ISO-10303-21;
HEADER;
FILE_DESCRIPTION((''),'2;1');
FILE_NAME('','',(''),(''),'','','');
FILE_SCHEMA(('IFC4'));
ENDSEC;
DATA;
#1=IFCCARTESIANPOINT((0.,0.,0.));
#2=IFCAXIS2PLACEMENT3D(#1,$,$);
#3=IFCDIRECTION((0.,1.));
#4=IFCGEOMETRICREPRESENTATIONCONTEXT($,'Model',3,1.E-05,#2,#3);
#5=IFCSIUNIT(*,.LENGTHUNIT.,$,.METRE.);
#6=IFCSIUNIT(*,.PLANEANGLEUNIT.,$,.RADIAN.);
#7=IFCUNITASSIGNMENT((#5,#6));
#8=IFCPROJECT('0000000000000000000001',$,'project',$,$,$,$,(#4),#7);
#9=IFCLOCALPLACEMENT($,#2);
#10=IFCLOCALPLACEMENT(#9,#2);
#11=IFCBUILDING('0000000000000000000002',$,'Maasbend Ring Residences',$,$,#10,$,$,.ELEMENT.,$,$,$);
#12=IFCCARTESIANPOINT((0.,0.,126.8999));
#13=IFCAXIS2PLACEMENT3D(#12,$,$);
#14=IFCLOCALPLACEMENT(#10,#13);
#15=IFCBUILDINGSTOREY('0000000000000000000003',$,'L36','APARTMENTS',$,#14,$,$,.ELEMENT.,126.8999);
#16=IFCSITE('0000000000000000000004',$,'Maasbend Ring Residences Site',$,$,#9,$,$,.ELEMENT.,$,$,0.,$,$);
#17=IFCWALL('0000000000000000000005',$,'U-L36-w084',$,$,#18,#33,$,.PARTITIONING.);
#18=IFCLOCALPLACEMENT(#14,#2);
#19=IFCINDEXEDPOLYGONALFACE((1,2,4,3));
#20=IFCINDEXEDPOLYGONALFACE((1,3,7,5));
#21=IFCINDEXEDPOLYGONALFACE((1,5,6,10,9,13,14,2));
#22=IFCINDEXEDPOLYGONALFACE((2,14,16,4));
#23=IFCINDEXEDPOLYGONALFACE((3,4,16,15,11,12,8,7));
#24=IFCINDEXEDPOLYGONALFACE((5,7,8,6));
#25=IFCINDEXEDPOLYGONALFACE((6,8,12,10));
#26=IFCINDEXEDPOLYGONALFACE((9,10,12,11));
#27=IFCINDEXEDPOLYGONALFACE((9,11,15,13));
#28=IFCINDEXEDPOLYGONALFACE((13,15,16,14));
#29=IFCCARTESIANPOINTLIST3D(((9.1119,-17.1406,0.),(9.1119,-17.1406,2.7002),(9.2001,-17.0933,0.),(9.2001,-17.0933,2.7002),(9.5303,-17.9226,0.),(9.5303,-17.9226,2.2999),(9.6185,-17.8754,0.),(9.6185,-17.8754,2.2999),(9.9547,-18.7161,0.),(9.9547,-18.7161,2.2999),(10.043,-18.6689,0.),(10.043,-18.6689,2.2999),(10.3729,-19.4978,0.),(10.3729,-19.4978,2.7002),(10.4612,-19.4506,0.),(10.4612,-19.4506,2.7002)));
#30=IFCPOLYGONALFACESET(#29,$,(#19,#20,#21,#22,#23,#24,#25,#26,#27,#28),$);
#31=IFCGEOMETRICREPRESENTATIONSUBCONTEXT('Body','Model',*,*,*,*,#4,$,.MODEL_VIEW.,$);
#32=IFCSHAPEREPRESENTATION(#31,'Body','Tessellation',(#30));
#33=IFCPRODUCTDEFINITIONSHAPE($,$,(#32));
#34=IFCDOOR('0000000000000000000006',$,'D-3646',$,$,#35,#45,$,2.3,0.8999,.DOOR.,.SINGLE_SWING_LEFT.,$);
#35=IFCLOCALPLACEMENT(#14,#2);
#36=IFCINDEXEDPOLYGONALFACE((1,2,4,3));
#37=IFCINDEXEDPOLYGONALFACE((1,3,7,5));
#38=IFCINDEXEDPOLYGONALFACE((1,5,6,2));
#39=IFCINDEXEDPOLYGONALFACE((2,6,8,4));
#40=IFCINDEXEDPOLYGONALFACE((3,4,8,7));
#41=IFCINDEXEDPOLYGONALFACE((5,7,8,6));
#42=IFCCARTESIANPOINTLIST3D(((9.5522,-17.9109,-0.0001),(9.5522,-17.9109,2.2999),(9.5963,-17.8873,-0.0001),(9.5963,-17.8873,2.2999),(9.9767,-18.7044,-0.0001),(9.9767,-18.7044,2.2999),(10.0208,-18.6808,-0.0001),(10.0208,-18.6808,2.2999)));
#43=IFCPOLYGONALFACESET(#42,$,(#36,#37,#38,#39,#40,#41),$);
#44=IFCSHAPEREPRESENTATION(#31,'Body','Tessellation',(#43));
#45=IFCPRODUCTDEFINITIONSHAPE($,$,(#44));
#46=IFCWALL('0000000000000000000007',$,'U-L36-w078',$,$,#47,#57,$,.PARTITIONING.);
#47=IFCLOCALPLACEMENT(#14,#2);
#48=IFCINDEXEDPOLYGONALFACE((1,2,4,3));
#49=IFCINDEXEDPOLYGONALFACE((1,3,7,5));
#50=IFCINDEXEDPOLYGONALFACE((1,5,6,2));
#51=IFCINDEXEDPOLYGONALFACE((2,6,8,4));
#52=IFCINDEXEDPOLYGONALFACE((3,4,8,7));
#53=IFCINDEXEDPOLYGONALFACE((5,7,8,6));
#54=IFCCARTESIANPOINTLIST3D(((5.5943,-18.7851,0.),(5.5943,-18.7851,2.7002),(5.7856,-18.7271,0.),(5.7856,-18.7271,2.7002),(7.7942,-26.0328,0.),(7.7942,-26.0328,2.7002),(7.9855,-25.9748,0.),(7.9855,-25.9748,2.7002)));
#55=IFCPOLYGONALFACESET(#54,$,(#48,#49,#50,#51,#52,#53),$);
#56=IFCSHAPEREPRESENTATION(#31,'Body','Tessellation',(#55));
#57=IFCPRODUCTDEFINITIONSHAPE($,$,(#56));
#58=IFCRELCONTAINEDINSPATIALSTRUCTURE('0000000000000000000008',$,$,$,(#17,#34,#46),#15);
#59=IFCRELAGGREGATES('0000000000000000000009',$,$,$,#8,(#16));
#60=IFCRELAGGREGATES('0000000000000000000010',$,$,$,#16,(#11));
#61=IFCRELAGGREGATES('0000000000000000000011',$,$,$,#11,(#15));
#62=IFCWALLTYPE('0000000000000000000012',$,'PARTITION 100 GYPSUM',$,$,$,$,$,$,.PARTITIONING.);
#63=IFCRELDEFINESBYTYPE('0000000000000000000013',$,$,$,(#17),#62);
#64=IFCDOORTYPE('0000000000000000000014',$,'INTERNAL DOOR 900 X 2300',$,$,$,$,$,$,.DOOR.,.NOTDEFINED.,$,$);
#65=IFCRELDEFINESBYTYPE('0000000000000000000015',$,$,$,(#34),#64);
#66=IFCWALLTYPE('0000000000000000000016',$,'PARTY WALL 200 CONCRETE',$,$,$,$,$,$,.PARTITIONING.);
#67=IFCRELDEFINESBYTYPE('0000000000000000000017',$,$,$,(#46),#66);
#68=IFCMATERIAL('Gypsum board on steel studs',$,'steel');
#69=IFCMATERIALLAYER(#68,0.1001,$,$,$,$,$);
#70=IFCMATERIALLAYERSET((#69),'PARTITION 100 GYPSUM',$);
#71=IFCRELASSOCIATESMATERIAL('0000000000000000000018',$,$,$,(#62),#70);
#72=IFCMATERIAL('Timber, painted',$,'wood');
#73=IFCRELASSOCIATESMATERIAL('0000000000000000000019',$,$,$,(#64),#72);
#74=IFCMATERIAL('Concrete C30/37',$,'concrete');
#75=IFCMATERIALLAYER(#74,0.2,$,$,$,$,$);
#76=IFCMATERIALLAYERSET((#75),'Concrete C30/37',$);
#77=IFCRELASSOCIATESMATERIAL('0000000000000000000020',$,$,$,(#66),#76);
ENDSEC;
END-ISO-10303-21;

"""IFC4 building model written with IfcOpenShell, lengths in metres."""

from ifc_helpers import new_model, si_unit, direction, frame, frame_2d, origin, place, context, subcontext, project, spatial, rectangle, extrude, material, layer, layer_set, type_object, element, fill, save


model = new_model("IFC4")

# Units and contexts
model_context = context("Model", 3, precision=1e-05, world=origin(), true_north=direction((0.0, 1.0)))
body_context = subcontext(model_context, "Body", "Model", "MODEL_VIEW")
ifc_project = project(units=[si_unit("LENGTHUNIT", "METRE"), si_unit("PLANEANGLEUNIT", "RADIAN")], contexts=[model_context])

# Site, building, storey
site_placement = place(None, origin())
site = spatial("IfcSite", under=ifc_project, at=site_placement, Name="Maasbend Ring Residences Site", CompositionType="ELEMENT", RefElevation=0.0)
building_placement = place(site_placement, origin())
building = spatial("IfcBuilding", under=site, at=building_placement, Name="Maasbend Ring Residences", CompositionType="ELEMENT")
storey_placement = place(building_placement, frame((0.0, 0.0, 126.8999)))
storey = spatial("IfcBuildingStorey", under=building, at=storey_placement, Name="L36", Description="APARTMENTS", CompositionType="ELEMENT", Elevation=126.8999)

# Shared definitions
ifc_material_1 = material(Name="Gypsum board on steel studs", Category="steel")
ifc_layer_1 = layer(ifc_material_1, 0.1001)
ifc_layer_set_1 = layer_set([ifc_layer_1], Name="PARTITION 100 GYPSUM")
wall_type_1 = type_object("IfcWallType", Name="PARTITION 100 GYPSUM", PredefinedType="PARTITIONING", material=ifc_layer_set_1)

# Shared definitions
ifc_material_2 = material(Name="Timber, painted", Category="wood")
door_type_1 = type_object("IfcDoorType", Name="INTERNAL DOOR 900 X 2300", OperationType="NOTDEFINED", PredefinedType="DOOR", material=ifc_material_2)

# Wall, opening, door
wall_1_placement = place(storey_placement, frame((9.156, -17.1169, 0.0), z_axis=(0.0, 0.0, 1.0), x_axis=(0.471702, -0.881758, 0.0)))
wall_1 = element("IfcWall", 1, at=wall_1_placement, inside=storey, type_object=wall_type_1, Name="U-L36-w084", PredefinedType="PARTITIONING", context=body_context, shape_type="SweptSolid", body=[
    extrude(rectangle(XDim=2.6733, YDim=0.1001, at=frame_2d((1.3367, 0.0))), origin(), (0.0, 0.0, 1.0), 2.7002),
])
opening_1_placement = place(wall_1_placement, frame((0.887, 0.0, 0.0)))
opening_1 = element("IfcOpeningElement", 2, at=opening_1_placement, cuts=wall_1, PredefinedType="OPENING", context=body_context, shape_type="SweptSolid", body=[
    extrude(rectangle(XDim=0.8999, YDim=2.3, at=frame_2d((0.45, 1.1499))), frame((0.0, 0.0601, 0.0), z_axis=(0.0, -1.0, 0.0), x_axis=(1.0, 0.0, 0.0)), (0.0, 0.0, 1.0), 0.1201),
])
door_1_placement = place(opening_1_placement, origin())
door_1 = element("IfcDoor", 3, at=door_1_placement, inside=storey, type_object=door_type_1, Name="D-3646", OperationType="SINGLE_SWING_LEFT", OverallHeight=2.3, OverallWidth=0.8999, PredefinedType="DOOR", context=body_context, shape_type="SweptSolid", body=[
    extrude(rectangle(XDim=0.8999, YDim=2.3, at=frame_2d((0.45, 1.1499))), frame((0.0, 0.0249, 0.0), z_axis=(0.0, -1.0, 0.0), x_axis=(1.0, 0.0, 0.0)), (0.0, 0.0, 1.0), 0.05),
])
fill(opening_1, door_1)

# Wall
ifc_material_3 = material(Name="Concrete C30/37", Category="concrete")
ifc_layer_2 = layer(ifc_material_3, 0.2)
ifc_layer_set_2 = layer_set([ifc_layer_2], Name="Concrete C30/37")
wall_type_2 = type_object("IfcWallType", Name="PARTY WALL 200 CONCRETE", PredefinedType="PARTITIONING", material=ifc_layer_set_2)
wall_2_placement = place(storey_placement, frame((5.6899, -18.7561, 0.0), z_axis=(0.0, 0.0, 1.0), x_axis=(0.290448, -0.956891, 0.0)))
element("IfcWall", 4, at=wall_2_placement, inside=storey, type_object=wall_type_2, Name="U-L36-w078", PredefinedType="PARTITIONING", context=body_context, shape_type="SweptSolid", body=[
    extrude(rectangle(XDim=7.5742, YDim=0.2, at=frame_2d((3.7871, 0.0))), origin(), (0.0, 0.0, 1.0), 2.7002),
])

save(model, "model.ifc")
